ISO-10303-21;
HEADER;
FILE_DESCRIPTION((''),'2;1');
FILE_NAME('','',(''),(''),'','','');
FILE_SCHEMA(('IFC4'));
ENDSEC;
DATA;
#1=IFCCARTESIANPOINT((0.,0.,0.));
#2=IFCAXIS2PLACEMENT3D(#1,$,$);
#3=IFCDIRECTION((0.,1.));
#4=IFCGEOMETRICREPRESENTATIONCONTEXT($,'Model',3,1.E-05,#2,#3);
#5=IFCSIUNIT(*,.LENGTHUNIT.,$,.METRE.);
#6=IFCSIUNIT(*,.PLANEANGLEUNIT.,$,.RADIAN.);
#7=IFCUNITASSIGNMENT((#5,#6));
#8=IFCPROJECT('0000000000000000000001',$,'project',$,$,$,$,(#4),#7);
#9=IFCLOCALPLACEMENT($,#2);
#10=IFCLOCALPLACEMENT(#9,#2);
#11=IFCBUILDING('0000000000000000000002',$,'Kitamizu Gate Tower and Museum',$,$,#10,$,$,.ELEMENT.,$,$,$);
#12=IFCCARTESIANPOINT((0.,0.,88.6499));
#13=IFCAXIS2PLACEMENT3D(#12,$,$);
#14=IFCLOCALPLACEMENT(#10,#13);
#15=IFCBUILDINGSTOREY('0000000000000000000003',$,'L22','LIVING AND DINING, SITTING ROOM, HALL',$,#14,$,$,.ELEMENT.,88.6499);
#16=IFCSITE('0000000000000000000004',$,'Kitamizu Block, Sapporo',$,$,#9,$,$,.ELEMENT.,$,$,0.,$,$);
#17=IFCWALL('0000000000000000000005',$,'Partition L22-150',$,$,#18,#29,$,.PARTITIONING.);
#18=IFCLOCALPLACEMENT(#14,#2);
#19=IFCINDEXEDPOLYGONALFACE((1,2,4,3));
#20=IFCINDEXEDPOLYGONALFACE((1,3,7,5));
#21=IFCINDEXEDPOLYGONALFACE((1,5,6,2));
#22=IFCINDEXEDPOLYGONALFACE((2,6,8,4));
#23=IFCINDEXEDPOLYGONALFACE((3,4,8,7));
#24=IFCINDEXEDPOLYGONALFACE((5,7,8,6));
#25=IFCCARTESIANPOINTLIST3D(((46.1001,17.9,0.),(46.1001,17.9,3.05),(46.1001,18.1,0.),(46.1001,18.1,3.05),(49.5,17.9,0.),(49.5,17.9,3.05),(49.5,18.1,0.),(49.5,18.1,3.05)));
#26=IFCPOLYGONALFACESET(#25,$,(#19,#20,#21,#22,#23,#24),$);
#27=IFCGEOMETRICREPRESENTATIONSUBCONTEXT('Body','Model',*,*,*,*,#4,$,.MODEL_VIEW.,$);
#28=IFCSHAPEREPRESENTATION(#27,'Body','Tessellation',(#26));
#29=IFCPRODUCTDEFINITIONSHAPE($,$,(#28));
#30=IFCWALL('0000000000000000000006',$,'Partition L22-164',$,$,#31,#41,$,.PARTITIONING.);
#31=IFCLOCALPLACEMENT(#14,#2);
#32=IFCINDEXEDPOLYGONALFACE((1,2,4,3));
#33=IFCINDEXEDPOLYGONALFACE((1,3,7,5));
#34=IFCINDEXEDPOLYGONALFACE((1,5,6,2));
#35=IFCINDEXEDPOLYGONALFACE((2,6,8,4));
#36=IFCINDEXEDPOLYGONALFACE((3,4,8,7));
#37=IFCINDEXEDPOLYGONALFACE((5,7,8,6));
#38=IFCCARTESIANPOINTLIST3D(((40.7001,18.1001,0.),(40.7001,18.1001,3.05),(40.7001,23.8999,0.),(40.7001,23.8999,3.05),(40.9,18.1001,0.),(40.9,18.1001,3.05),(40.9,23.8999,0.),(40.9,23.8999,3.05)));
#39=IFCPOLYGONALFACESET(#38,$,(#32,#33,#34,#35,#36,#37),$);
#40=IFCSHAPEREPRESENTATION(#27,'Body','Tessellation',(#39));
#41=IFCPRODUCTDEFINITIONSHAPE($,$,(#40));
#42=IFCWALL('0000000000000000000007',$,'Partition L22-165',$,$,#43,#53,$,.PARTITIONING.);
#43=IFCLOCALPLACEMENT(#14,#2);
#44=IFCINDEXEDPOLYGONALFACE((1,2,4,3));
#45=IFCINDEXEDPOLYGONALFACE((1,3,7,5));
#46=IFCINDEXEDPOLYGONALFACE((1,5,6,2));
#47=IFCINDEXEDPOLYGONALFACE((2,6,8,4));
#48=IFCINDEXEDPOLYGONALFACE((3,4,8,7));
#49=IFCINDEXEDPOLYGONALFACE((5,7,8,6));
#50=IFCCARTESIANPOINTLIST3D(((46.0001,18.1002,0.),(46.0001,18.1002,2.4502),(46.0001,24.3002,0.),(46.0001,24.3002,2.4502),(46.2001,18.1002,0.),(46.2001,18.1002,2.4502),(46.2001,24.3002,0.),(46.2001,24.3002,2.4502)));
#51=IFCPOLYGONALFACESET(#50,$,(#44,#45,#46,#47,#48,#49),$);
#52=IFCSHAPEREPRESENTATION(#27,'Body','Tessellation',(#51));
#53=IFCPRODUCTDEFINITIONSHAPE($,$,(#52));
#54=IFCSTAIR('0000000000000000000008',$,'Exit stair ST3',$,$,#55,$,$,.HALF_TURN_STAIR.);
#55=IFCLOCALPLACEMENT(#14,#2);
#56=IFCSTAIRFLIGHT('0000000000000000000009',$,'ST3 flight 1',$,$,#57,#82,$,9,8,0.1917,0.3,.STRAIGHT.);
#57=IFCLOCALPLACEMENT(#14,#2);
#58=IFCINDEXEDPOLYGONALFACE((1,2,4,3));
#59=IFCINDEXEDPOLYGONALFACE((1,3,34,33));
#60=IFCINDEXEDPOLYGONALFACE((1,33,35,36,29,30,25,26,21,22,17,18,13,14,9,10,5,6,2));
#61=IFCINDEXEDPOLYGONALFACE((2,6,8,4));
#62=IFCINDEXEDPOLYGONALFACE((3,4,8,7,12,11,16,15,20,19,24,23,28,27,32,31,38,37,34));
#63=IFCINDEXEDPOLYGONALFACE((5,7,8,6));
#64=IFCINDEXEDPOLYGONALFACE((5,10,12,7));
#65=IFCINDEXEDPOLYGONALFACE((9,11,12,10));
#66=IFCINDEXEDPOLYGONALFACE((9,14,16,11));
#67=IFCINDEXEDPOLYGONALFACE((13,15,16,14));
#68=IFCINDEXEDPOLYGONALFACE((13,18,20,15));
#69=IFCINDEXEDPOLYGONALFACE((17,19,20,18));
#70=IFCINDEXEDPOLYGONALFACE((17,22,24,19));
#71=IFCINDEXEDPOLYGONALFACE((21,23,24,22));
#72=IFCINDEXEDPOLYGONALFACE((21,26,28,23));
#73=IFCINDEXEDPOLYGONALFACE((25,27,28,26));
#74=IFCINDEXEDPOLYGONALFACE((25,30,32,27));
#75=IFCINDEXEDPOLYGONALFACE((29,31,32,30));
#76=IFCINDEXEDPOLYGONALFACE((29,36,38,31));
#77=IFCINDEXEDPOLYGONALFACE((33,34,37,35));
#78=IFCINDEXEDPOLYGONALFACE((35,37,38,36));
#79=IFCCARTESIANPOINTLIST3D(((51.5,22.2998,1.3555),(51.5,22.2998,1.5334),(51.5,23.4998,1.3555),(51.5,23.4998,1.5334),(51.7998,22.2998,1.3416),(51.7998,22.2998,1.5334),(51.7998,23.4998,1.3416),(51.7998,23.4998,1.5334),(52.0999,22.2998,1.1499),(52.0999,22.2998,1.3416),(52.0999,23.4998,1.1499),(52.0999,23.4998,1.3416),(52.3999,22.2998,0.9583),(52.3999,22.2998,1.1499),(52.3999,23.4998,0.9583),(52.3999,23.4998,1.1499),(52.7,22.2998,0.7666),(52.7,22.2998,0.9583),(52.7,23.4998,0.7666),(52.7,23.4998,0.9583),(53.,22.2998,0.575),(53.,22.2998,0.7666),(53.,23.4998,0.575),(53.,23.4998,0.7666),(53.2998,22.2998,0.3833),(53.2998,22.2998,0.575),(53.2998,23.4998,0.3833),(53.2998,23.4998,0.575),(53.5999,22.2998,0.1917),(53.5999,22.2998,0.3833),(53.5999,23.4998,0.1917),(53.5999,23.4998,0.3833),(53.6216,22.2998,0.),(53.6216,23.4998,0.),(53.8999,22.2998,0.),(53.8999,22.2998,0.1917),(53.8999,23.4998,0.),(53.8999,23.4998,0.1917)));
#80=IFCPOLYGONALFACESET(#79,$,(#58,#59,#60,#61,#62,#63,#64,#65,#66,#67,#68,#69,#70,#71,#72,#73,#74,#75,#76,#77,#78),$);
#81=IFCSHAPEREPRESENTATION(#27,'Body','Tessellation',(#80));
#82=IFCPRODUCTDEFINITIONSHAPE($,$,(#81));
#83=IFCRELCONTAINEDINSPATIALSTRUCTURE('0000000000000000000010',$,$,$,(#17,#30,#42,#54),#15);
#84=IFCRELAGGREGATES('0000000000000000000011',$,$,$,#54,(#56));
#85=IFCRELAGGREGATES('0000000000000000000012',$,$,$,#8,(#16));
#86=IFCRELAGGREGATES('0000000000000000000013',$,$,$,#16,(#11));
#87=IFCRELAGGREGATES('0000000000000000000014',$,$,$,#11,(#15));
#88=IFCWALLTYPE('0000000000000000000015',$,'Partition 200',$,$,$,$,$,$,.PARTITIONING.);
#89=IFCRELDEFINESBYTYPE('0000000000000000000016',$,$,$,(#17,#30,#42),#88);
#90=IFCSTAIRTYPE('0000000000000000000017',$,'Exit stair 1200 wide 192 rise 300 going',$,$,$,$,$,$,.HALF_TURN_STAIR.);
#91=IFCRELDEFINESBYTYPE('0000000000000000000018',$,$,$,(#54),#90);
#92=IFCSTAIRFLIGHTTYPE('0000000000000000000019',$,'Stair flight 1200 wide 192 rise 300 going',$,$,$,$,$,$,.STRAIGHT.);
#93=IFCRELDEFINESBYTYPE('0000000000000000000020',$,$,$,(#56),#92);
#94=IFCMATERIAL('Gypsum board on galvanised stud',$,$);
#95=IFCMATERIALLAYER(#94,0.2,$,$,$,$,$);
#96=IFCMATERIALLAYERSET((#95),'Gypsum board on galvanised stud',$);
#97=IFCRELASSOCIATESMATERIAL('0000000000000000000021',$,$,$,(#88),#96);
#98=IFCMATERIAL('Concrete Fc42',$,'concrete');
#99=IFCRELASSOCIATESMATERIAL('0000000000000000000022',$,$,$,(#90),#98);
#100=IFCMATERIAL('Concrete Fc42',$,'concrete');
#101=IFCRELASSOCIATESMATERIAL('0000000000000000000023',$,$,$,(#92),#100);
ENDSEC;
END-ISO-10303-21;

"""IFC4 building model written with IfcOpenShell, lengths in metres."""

from ifc_helpers import new_model, si_unit, direction, frame, frame_2d, origin, place, context, subcontext, project, spatial, polyline, rectangle, outline, extrude, material, layer, layer_set, type_object, element, aggregate, save


model = new_model("IFC4")

# Units and contexts
model_context = context("Model", 3, precision=1e-05, world=origin(), true_north=direction((0.0, 1.0)))
body_context = subcontext(model_context, "Body", "Model", "MODEL_VIEW")
ifc_project = project(units=[si_unit("LENGTHUNIT", "METRE"), si_unit("PLANEANGLEUNIT", "RADIAN")], contexts=[model_context])

# Site, building, storey
site_placement = place(None, origin())
site = spatial("IfcSite", under=ifc_project, at=site_placement, Name="Kitamizu Block, Sapporo", CompositionType="ELEMENT", RefElevation=0.0)
building_placement = place(site_placement, origin())
building = spatial("IfcBuilding", under=site, at=building_placement, Name="Kitamizu Gate Tower and Museum", CompositionType="ELEMENT")
storey_placement = place(building_placement, frame((0.0, 0.0, 88.6499)))
storey = spatial("IfcBuildingStorey", under=building, at=storey_placement, Name="L22", Description="LIVING AND DINING, SITTING ROOM, HALL", CompositionType="ELEMENT", Elevation=88.6499)

# Walls
ifc_material_1 = material(Name="Gypsum board on galvanised stud")
ifc_layer_1 = layer(ifc_material_1, 0.2)
ifc_layer_set_1 = layer_set([ifc_layer_1], Name="Gypsum board on galvanised stud")
wall_type_1 = type_object("IfcWallType", Name="Partition 200", PredefinedType="PARTITIONING", material=ifc_layer_set_1)
wall_1_placement = place(storey_placement, frame((49.5, 18.0, 0.0), z_axis=(0.0, 0.0, 1.0), x_axis=(-1.0, 0.0, 0.0)))
element("IfcWall", 1, at=wall_1_placement, inside=storey, type_object=wall_type_1, Name="Partition L22-150", PredefinedType="PARTITIONING", context=body_context, shape_type="SweptSolid", body=[
    extrude(rectangle(XDim=3.3999, YDim=0.2, at=frame_2d((1.7, 0.0))), origin(), (0.0, 0.0, 1.0), 3.05),
])
wall_2_placement = place(storey_placement, frame((40.8, 23.8999, 0.0), z_axis=(0.0, 0.0, 1.0), x_axis=(0.0, -1.0, 0.0)))
element("IfcWall", 2, at=wall_2_placement, inside=storey, type_object=wall_type_1, Name="Partition L22-164", PredefinedType="PARTITIONING", context=body_context, shape_type="SweptSolid", body=[
    extrude(rectangle(XDim=5.7998, YDim=0.2, at=frame_2d((2.8999, 0.0))), origin(), (0.0, 0.0, 1.0), 3.05),
])
wall_3_placement = place(storey_placement, frame((46.1001, 18.1001, 0.0), z_axis=(0.0, 0.0, 1.0), x_axis=(0.0, 1.0, 0.0)))
element("IfcWall", 3, at=wall_3_placement, inside=storey, type_object=wall_type_1, Name="Partition L22-165", PredefinedType="PARTITIONING", context=body_context, shape_type="SweptSolid", body=[
    extrude(rectangle(XDim=6.2, YDim=0.2, at=frame_2d((3.1001, 0.0))), origin(), (0.0, 0.0, 1.0), 2.4502),
])

# Stair, stair flight
ifc_material_2 = material(Name="Concrete Fc42", Category="concrete")
stair_type = type_object("IfcStairType", Name="Exit stair 1200 wide 192 rise 300 going", PredefinedType="HALF_TURN_STAIR", material=ifc_material_2)
stair_placement = place(storey_placement, origin())
stair = element("IfcStair", 4, at=stair_placement, inside=storey, type_object=stair_type, Name="Exit stair ST3", PredefinedType="HALF_TURN_STAIR")
ifc_material_3 = material(Name="Concrete Fc42", Category="concrete")
stair_flight_type = type_object("IfcStairFlightType", Name="Stair flight 1200 wide 192 rise 300 going", PredefinedType="STRAIGHT", material=ifc_material_3)
stair_flight_placement = place(storey_placement, frame((53.8999, 22.8999, 0.0), z_axis=(0.0, 0.0, 1.0), x_axis=(-1.0, 0.0, 0.0)))
stair_flight = element("IfcStairFlight", 5, at=stair_flight_placement, type_object=stair_flight_type, Name="ST3 flight 1", NumberOfRisers=9, NumberOfTreads=8, PredefinedType="STRAIGHT", RiserHeight=0.1917, TreadLength=0.3, context=body_context, shape_type="SweptSolid", body=[
    extrude(outline(polyline([(0.0, 0.0), (0.0, 0.1917), (0.3, 0.1917), (0.3, 0.3833), (0.6001, 0.3833), (0.6001, 0.575), (0.8999, 0.575), (0.8999, 0.7666), (1.2, 0.7666), (1.2, 0.9583), (1.5, 0.9583), (1.5, 1.1499), (1.8, 1.1499), (1.8, 1.3416), (2.1001, 1.3416), (2.1001, 1.5334), (2.3999, 1.5334), (2.3999, 1.7251), (2.3999, 1.3555), (0.2783, 0.0), (0.0, 0.0)])), frame((0.0, 0.6001, 0.0), z_axis=(0.0, -1.0, 0.0), x_axis=(1.0, 0.0, 0.0)), (0.0, 0.0, 1.0), 1.2),
])
aggregate(stair, [stair_flight])

save(model, "model.ifc")
